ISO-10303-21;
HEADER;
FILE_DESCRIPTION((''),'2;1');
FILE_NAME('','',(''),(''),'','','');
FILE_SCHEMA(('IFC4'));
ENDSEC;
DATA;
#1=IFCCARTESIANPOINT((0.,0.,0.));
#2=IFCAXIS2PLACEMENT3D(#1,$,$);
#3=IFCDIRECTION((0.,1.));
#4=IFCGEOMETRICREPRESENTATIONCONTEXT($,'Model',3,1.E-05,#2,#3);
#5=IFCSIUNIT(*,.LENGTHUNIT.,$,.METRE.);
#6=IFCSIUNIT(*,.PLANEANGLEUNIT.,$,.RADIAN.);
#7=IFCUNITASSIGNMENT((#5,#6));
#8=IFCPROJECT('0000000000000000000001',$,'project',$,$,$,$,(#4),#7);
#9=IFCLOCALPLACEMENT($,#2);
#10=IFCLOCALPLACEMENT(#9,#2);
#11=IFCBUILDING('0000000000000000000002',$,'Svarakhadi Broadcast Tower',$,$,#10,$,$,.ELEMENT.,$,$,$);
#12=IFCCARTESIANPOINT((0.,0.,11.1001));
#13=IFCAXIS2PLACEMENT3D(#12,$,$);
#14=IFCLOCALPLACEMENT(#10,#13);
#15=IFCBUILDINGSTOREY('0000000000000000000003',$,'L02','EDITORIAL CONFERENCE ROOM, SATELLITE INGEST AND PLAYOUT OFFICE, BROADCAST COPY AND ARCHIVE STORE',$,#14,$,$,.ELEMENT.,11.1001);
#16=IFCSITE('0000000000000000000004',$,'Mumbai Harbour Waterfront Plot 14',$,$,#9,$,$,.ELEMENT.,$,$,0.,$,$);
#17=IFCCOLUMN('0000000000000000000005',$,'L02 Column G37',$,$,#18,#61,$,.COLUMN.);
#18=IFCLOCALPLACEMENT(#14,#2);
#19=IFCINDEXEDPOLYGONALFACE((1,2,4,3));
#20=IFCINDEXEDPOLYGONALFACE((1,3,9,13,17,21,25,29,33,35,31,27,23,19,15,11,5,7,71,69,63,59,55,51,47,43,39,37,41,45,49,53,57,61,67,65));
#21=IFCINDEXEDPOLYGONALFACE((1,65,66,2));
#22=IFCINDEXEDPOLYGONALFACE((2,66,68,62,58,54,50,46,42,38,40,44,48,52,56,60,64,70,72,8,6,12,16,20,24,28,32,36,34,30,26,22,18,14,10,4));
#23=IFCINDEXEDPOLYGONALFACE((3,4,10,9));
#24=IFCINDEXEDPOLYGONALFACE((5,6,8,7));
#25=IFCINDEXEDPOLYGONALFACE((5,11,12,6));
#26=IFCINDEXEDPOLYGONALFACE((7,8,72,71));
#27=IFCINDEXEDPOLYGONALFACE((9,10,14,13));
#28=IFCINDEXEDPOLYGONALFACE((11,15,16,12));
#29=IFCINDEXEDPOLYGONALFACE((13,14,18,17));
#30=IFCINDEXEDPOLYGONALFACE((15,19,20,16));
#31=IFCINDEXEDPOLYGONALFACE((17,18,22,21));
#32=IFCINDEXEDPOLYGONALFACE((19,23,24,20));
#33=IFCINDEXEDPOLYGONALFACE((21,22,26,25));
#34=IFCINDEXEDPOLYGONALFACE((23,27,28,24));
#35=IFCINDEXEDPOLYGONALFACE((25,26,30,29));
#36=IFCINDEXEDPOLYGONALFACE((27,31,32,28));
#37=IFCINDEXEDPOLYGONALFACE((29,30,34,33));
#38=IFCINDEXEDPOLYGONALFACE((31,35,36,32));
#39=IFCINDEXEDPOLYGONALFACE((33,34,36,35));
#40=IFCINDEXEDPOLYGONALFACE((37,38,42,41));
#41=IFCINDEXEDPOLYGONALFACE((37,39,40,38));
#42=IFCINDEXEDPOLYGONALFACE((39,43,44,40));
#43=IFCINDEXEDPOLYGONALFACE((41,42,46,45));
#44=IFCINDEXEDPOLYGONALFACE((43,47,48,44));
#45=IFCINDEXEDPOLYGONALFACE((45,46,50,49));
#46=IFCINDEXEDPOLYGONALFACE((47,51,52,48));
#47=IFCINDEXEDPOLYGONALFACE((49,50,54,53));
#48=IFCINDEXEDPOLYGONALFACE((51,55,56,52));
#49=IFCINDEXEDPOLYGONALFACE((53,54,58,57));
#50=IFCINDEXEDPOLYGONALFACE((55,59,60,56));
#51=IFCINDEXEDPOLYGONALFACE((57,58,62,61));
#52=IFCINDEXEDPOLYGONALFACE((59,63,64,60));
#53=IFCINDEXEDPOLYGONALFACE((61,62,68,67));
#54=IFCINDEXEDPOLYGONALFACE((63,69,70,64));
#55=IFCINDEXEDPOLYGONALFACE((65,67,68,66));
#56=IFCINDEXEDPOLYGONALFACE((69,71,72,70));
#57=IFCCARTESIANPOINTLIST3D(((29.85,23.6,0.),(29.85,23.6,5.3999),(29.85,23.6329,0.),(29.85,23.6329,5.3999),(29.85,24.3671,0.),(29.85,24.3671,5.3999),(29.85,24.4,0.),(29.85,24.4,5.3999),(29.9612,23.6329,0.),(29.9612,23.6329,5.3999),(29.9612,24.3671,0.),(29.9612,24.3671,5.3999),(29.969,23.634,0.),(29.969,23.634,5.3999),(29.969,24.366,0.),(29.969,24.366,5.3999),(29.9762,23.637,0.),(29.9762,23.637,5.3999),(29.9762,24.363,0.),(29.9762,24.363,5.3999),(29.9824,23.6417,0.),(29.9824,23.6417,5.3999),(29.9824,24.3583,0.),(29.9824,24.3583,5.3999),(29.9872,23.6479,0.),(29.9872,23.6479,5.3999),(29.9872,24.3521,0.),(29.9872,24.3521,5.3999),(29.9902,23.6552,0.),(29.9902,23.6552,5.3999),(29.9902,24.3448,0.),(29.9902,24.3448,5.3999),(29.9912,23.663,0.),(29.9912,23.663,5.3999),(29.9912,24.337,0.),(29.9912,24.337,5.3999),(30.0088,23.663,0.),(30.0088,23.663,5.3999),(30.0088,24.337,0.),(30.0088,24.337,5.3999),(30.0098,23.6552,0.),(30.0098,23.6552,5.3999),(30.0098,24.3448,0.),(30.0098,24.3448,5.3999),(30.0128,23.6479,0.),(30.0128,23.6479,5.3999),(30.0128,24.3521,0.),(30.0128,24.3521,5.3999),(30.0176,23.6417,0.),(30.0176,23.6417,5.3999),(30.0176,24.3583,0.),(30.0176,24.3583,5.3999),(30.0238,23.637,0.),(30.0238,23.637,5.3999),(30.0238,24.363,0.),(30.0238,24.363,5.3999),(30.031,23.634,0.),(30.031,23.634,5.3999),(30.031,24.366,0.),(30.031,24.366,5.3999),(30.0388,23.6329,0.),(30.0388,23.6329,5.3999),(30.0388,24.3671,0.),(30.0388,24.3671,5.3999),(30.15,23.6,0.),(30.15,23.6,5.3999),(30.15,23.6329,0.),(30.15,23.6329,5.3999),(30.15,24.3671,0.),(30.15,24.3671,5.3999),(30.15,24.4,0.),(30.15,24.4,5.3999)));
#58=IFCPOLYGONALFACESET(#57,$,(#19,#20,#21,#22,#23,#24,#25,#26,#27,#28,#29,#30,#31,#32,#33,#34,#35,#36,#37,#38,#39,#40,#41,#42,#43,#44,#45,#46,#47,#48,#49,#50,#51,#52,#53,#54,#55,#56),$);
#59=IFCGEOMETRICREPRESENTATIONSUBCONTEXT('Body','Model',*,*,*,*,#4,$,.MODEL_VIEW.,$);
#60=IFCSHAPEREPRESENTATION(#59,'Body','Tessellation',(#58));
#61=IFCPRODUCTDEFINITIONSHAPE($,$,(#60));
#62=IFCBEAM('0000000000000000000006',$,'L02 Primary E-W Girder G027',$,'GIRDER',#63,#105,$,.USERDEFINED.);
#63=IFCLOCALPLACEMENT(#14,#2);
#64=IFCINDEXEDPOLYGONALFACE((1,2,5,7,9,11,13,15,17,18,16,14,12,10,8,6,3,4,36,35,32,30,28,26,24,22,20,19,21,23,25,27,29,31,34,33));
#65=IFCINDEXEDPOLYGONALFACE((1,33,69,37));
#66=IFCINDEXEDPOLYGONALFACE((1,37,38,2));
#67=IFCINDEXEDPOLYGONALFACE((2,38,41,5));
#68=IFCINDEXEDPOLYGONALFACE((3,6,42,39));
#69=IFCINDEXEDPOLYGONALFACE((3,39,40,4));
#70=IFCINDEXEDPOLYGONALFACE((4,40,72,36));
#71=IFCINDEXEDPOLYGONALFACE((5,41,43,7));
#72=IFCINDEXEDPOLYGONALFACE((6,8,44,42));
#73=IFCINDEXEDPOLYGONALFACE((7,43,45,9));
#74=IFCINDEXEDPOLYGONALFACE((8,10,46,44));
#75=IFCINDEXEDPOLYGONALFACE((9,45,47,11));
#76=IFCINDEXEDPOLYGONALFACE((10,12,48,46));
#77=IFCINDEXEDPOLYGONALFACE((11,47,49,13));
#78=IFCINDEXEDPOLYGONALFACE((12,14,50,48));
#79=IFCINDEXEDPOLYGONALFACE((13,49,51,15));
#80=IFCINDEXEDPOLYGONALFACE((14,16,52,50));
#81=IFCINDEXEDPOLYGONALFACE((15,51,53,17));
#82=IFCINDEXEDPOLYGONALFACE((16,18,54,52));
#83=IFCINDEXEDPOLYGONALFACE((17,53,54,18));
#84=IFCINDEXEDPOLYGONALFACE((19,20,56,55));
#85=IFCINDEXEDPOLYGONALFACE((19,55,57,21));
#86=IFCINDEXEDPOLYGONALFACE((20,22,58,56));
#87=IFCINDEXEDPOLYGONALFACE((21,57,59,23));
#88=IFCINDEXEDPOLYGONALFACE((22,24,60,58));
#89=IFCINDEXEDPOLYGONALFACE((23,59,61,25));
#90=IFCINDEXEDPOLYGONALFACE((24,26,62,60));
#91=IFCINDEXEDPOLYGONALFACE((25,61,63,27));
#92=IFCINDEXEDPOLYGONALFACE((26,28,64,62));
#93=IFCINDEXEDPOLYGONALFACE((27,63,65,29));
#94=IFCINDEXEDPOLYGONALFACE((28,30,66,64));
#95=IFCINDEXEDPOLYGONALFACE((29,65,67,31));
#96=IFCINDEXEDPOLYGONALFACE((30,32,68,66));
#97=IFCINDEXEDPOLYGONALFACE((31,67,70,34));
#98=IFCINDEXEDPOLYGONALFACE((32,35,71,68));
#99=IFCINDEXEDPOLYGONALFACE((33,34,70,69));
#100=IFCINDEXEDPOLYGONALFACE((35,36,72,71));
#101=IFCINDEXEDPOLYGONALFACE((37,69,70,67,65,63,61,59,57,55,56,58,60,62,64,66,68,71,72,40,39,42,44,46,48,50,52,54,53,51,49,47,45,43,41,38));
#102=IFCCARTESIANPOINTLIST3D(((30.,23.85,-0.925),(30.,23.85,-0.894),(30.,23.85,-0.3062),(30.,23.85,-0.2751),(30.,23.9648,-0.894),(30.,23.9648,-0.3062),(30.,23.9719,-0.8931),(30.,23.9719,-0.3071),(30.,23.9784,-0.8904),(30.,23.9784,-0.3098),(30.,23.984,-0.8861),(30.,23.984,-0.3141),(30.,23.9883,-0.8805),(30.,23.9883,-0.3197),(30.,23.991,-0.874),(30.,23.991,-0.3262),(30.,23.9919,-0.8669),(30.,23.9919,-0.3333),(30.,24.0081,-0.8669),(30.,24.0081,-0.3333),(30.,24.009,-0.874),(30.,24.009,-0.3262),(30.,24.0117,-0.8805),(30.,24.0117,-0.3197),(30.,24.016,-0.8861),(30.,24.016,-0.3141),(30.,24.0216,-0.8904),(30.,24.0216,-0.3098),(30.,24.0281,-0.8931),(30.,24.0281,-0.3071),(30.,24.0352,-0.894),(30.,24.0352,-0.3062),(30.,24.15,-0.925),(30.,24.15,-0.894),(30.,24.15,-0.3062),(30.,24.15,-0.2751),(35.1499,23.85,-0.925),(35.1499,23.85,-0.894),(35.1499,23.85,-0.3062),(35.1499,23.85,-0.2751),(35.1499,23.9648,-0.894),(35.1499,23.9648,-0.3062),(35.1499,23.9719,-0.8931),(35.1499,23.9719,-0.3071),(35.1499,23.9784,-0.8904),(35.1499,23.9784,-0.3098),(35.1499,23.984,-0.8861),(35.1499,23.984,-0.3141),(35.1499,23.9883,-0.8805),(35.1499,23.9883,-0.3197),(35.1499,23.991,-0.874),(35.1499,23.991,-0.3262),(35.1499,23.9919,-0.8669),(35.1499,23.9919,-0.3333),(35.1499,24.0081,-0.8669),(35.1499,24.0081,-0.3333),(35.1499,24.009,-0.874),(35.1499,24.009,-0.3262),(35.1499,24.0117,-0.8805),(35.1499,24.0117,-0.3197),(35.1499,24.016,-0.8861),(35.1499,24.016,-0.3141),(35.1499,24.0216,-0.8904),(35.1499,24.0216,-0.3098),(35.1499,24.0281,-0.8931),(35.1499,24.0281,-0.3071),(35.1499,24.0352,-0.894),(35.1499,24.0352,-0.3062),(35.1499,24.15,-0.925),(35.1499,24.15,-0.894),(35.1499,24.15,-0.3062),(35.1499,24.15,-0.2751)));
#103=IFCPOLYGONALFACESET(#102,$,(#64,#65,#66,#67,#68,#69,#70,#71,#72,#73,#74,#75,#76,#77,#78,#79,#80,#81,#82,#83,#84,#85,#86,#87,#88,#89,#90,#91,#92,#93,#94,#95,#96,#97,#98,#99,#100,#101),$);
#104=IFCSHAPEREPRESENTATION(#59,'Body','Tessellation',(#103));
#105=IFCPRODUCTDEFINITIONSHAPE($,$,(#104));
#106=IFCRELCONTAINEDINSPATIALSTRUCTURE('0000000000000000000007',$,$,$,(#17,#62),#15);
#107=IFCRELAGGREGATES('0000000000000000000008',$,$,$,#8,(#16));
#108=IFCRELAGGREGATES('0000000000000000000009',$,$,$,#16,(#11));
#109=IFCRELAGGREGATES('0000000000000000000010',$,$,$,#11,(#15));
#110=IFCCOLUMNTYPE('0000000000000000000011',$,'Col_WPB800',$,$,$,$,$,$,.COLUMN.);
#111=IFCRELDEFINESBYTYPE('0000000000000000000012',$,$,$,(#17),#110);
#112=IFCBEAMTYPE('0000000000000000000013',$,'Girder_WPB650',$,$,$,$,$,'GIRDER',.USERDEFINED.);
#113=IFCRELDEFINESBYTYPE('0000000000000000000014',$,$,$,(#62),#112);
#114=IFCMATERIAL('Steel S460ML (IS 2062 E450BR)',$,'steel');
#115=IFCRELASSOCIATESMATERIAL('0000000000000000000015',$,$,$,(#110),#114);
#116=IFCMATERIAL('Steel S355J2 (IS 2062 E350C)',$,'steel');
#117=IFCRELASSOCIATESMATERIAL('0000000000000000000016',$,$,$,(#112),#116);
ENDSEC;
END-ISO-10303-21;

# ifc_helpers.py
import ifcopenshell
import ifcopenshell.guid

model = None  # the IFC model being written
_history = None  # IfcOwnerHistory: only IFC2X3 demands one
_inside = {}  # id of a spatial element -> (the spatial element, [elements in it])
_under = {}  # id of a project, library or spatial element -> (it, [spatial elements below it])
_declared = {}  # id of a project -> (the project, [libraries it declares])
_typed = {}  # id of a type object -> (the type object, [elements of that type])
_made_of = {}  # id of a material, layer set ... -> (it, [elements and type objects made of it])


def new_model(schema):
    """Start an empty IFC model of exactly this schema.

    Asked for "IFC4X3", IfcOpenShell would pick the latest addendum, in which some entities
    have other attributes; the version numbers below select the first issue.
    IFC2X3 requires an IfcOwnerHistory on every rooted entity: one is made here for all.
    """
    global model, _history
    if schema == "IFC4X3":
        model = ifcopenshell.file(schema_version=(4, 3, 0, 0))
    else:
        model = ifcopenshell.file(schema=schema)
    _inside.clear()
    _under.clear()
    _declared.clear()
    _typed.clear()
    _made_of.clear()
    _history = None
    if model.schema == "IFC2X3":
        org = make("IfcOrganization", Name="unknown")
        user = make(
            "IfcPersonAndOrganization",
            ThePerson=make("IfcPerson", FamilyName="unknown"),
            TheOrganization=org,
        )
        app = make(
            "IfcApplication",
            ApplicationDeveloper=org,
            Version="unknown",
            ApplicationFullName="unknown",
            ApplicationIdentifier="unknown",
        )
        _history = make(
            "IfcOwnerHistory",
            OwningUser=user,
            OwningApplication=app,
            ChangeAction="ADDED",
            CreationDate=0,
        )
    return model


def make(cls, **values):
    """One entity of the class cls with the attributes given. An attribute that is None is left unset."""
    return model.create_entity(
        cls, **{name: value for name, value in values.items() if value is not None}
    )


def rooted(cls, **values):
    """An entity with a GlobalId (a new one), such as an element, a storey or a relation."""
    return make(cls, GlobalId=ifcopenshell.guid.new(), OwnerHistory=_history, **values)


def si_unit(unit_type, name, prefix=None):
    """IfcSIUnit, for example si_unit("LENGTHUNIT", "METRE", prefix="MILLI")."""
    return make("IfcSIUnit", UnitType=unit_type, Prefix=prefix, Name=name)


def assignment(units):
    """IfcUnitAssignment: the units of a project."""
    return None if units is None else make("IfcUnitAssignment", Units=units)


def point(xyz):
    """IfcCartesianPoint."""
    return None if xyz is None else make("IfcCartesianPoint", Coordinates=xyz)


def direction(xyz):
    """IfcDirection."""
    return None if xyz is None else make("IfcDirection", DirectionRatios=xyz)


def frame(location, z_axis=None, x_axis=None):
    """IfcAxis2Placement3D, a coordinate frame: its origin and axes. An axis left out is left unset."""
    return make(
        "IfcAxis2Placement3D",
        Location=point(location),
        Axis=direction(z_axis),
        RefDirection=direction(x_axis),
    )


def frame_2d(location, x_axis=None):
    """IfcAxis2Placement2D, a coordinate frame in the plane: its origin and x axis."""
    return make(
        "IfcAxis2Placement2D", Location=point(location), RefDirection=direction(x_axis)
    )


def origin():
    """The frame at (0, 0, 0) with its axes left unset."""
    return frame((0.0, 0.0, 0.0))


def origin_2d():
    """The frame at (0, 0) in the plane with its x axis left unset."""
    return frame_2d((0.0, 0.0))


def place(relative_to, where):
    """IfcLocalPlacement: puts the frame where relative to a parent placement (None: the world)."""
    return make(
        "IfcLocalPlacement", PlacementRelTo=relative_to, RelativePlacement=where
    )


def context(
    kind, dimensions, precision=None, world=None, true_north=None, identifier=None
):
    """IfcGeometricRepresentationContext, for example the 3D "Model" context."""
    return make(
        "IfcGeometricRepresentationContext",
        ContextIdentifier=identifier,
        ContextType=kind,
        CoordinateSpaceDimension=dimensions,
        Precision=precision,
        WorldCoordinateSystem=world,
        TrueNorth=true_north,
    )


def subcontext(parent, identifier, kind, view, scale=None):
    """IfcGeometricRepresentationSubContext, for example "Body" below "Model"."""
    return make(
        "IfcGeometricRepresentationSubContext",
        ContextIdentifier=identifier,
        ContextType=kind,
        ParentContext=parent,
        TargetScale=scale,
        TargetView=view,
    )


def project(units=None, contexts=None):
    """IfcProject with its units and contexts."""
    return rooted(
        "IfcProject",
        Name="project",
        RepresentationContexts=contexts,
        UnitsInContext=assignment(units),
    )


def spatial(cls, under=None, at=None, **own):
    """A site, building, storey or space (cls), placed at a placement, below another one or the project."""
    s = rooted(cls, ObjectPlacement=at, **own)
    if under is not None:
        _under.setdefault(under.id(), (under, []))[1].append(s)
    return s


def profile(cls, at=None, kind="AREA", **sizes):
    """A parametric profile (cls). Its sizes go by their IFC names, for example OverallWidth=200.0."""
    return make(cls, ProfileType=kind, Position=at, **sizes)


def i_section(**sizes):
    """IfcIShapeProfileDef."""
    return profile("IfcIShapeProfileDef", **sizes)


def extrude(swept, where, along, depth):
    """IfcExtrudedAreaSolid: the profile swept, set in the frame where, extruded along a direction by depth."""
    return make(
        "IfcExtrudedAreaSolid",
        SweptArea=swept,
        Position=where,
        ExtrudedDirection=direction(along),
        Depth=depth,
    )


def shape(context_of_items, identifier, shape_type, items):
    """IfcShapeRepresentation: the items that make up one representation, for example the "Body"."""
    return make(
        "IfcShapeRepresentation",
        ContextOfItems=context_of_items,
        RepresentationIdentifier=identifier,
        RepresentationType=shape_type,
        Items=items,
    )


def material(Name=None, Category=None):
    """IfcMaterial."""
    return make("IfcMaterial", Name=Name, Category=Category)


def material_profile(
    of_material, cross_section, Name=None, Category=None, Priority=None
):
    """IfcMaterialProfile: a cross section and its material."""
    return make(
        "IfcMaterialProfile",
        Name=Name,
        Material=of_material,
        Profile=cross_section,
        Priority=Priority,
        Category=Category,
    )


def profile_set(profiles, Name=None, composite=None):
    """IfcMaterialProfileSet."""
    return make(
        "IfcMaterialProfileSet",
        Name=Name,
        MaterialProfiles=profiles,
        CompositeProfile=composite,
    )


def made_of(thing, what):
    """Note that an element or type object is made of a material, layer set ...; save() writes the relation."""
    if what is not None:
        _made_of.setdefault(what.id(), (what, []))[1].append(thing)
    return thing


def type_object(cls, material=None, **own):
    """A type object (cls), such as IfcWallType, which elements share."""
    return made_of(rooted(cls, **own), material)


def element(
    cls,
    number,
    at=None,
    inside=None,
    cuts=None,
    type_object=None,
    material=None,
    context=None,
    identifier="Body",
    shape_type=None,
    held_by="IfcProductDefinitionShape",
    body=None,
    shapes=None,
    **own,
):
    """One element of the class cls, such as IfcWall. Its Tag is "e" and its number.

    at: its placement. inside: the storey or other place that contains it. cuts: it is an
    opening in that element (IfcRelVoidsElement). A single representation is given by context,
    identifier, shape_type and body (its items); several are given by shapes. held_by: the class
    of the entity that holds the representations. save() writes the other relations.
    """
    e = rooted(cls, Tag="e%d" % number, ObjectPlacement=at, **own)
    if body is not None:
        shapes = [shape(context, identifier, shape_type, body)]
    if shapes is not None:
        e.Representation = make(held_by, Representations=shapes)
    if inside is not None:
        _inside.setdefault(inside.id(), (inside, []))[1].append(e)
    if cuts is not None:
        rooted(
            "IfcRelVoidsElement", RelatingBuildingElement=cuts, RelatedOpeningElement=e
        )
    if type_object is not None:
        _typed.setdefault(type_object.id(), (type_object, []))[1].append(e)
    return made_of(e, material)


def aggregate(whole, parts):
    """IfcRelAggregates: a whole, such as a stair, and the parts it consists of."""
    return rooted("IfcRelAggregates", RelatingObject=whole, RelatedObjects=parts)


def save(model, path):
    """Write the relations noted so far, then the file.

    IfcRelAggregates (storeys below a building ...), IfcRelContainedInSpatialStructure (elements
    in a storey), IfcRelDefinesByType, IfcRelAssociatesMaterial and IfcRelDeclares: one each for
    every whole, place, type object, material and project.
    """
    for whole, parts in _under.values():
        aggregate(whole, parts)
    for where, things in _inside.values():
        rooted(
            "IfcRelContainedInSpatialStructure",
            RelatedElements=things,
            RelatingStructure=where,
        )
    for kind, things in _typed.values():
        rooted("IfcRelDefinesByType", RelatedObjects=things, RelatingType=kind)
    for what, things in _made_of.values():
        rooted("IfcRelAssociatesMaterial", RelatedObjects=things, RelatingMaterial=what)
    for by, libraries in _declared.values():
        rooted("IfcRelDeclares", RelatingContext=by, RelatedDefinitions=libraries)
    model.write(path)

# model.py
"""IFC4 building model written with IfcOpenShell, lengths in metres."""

from ifc_helpers import new_model, si_unit, direction, frame, origin, origin_2d, place, context, subcontext, project, spatial, i_section, extrude, material, material_profile, profile_set, type_object, element, save


model = new_model("IFC4")

# Units and contexts
model_context = context("Model", 3, precision=1e-05, world=origin(), true_north=direction((0.0, 1.0)))
body_context = subcontext(model_context, "Body", "Model", "MODEL_VIEW")
ifc_project = project(units=[si_unit("LENGTHUNIT", "METRE"), si_unit("PLANEANGLEUNIT", "RADIAN")], contexts=[model_context])

# Site, building, storey
site_placement = place(None, origin())
site = spatial("IfcSite", under=ifc_project, at=site_placement, Name="Mumbai Harbour Waterfront Plot 14", CompositionType="ELEMENT", RefElevation=0.0)
building_placement = place(site_placement, origin())
building = spatial("IfcBuilding", under=site, at=building_placement, Name="Svarakhadi Broadcast Tower", CompositionType="ELEMENT")
storey_placement = place(building_placement, frame((0.0, 0.0, 11.1001)))
storey = spatial("IfcBuildingStorey", under=building, at=storey_placement, Name="L02", Description="EDITORIAL CONFERENCE ROOM, SATELLITE INGEST AND PLAYOUT OFFICE, BROADCAST COPY AND ARCHIVE STORE", CompositionType="ELEMENT", Elevation=11.1001)

# Column
ifc_material_1 = material(Name="Steel S460ML (IS 2062 E450BR)", Category="steel")
ifc_material_profile_1 = material_profile(ifc_material_1, i_section(OverallWidth=0.3, OverallDepth=0.8, WebThickness=0.0176, FlangeThickness=0.033, FilletRadius=0.03, at=origin_2d()), Name="WPB 800x300x262")
ifc_profile_set_1 = profile_set([ifc_material_profile_1], Name="Steel S460ML (IS 2062 E450BR)")
column_type = type_object("IfcColumnType", Name="Col_WPB800", PredefinedType="COLUMN", material=ifc_profile_set_1)
column_placement = place(storey_placement, frame((30.0, 24.0, 0.0), z_axis=(0.0, 0.0, 1.0), x_axis=(1.0, 0.0, 0.0)))
element("IfcColumn", 1, at=column_placement, inside=storey, type_object=column_type, Name="L02 Column G37", PredefinedType="COLUMN", context=body_context, shape_type="SweptSolid", body=[
    extrude(i_section(OverallWidth=0.3, OverallDepth=0.8, WebThickness=0.0176, FlangeThickness=0.033, FilletRadius=0.03, at=origin_2d()), origin(), (0.0, 0.0, 1.0), 5.3999),
])

# Beam
ifc_material_2 = material(Name="Steel S355J2 (IS 2062 E350C)", Category="steel")
ifc_material_profile_2 = material_profile(ifc_material_2, i_section(OverallWidth=0.3, OverallDepth=0.6499, WebThickness=0.0161, FlangeThickness=0.031, FilletRadius=0.0271, at=origin_2d()), Name="WPB 650x300x225")
ifc_profile_set_2 = profile_set([ifc_material_profile_2], Name="Steel S355J2 (IS 2062 E350C)")
beam_type = type_object("IfcBeamType", Name="Girder_WPB650", ElementType="GIRDER", PredefinedType="USERDEFINED", material=ifc_profile_set_2)
beam_placement = place(storey_placement, frame((30.0, 24.0, -0.6001), z_axis=(1.0, 0.0, 0.0), x_axis=(0.0, 1.0, 0.0)))
element("IfcBeam", 2, at=beam_placement, inside=storey, type_object=beam_type, Name="L02 Primary E-W Girder G027", ObjectType="GIRDER", PredefinedType="USERDEFINED", context=body_context, shape_type="SweptSolid", body=[
    extrude(i_section(OverallWidth=0.3, OverallDepth=0.6499, WebThickness=0.0161, FlangeThickness=0.031, FilletRadius=0.0271, at=origin_2d()), origin(), (0.0, 0.0, 1.0), 5.1499),
])

save(model, "model.ifc")
